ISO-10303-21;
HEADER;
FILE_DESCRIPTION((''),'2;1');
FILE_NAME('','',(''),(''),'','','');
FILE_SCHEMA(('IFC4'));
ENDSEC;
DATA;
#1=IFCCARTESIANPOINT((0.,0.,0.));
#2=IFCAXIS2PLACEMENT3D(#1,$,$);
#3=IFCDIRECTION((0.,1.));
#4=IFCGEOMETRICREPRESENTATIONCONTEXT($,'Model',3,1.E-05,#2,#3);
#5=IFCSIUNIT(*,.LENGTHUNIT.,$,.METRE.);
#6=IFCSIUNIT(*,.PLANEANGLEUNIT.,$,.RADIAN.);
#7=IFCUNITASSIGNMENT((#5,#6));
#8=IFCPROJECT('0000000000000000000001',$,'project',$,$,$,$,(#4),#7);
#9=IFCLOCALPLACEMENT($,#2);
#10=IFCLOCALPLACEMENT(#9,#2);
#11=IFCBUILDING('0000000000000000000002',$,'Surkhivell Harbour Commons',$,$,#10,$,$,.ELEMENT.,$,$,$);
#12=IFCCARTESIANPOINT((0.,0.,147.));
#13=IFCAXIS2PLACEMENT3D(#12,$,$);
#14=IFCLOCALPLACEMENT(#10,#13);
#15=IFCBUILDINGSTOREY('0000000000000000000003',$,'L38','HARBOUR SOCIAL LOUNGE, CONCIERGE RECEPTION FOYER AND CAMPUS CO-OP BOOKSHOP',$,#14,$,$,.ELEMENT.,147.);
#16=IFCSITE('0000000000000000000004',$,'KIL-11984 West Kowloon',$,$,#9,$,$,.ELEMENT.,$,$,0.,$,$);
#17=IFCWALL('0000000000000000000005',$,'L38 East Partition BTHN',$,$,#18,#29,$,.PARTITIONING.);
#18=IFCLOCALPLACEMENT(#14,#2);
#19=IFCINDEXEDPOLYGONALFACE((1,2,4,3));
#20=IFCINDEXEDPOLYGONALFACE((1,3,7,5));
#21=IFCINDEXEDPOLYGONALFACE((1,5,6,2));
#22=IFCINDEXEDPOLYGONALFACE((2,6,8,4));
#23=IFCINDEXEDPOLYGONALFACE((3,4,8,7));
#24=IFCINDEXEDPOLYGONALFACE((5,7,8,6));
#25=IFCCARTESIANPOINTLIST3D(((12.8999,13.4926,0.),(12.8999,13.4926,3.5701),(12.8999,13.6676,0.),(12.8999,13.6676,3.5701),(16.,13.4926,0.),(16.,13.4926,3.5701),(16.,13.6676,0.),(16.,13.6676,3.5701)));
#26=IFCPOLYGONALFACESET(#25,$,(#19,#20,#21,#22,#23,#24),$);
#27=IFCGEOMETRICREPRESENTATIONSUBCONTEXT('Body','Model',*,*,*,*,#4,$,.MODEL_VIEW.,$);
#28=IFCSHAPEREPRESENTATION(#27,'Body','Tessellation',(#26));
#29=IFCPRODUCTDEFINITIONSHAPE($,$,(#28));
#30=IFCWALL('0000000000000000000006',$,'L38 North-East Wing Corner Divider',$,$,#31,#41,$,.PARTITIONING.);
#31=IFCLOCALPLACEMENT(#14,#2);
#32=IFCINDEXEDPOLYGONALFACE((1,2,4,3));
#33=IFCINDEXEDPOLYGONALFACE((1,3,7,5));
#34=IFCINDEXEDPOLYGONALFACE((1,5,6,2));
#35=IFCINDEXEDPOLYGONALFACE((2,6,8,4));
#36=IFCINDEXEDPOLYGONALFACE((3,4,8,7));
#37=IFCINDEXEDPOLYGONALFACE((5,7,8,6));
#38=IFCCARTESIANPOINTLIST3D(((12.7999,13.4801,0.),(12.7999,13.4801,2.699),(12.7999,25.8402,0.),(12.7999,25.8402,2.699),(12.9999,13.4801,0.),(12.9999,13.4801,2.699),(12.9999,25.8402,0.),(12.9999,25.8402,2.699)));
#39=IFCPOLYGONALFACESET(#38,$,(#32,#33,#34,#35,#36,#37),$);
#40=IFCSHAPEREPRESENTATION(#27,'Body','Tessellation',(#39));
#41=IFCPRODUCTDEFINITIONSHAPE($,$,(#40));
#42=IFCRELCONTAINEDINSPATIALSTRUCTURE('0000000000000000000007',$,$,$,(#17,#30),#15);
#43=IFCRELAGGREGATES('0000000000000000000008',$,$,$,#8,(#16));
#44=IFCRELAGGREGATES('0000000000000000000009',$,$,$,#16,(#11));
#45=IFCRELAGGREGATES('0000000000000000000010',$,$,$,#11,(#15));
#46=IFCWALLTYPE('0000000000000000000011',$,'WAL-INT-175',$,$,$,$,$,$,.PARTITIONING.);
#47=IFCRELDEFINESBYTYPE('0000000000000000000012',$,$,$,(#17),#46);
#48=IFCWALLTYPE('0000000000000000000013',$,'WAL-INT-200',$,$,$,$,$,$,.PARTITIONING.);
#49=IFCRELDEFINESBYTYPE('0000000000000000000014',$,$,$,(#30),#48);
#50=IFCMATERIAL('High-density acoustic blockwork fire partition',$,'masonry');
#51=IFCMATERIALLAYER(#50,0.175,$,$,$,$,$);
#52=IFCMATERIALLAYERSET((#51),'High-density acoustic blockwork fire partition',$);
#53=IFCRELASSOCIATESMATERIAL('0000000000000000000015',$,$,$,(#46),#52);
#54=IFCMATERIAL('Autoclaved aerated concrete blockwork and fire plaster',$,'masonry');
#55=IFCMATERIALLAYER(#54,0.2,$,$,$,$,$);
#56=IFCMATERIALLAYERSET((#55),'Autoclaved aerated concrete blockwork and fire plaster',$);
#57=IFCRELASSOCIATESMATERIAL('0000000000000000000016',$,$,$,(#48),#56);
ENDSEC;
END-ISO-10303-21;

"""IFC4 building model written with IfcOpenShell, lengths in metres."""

from ifc_helpers import new_model, si_unit, direction, frame, frame_2d, origin, place, context, subcontext, project, spatial, rectangle, extrude, material, layer, layer_set, type_object, element, save


model = new_model("IFC4")

# Units and contexts
model_context = context("Model", 3, precision=1e-05, world=origin(), true_north=direction((0.0, 1.0)))
body_context = subcontext(model_context, "Body", "Model", "MODEL_VIEW")
ifc_project = project(units=[si_unit("LENGTHUNIT", "METRE"), si_unit("PLANEANGLEUNIT", "RADIAN")], contexts=[model_context])

# Site, building, storey
site_placement = place(None, origin())
site = spatial("IfcSite", under=ifc_project, at=site_placement, Name="KIL-11984 West Kowloon", CompositionType="ELEMENT", RefElevation=0.0)
building_placement = place(site_placement, origin())
building = spatial("IfcBuilding", under=site, at=building_placement, Name="Surkhivell Harbour Commons", CompositionType="ELEMENT")
storey_placement = place(building_placement, frame((0.0, 0.0, 147.0)))
storey = spatial("IfcBuildingStorey", under=building, at=storey_placement, Name="L38", Description="HARBOUR SOCIAL LOUNGE, CONCIERGE RECEPTION FOYER AND CAMPUS CO-OP BOOKSHOP", CompositionType="ELEMENT", Elevation=147.0)

# Walls
ifc_material_1 = material(Name="High-density acoustic blockwork fire partition", Category="masonry")
ifc_layer_1 = layer(ifc_material_1, 0.175)
ifc_layer_set_1 = layer_set([ifc_layer_1], Name="High-density acoustic blockwork fire partition")
wall_type_1 = type_object("IfcWallType", Name="WAL-INT-175", PredefinedType="PARTITIONING", material=ifc_layer_set_1)
wall_1_placement = place(storey_placement, frame((12.8999, 13.5801, 0.0), z_axis=(0.0, 0.0, 1.0), x_axis=(1.0, 0.0, 0.0)))
element("IfcWall", 1, at=wall_1_placement, inside=storey, type_object=wall_type_1, Name="L38 East Partition BTHN", PredefinedType="PARTITIONING", context=body_context, shape_type="SweptSolid", body=[
    extrude(rectangle(XDim=3.1001, YDim=0.175, at=frame_2d((1.55, 0.0))), origin(), (0.0, 0.0, 1.0), 3.5701),
])
ifc_material_2 = material(Name="Autoclaved aerated concrete blockwork and fire plaster", Category="masonry")
ifc_layer_2 = layer(ifc_material_2, 0.2)
ifc_layer_set_2 = layer_set([ifc_layer_2], Name="Autoclaved aerated concrete blockwork and fire plaster")
wall_type_2 = type_object("IfcWallType", Name="WAL-INT-200", PredefinedType="PARTITIONING", material=ifc_layer_set_2)
wall_2_placement = place(storey_placement, frame((12.8999, 13.48, 0.0), z_axis=(0.0, 0.0, 1.0), x_axis=(0.0, 1.0, 0.0)))
element("IfcWall", 2, at=wall_2_placement, inside=storey, type_object=wall_type_2, Name="L38 North-East Wing Corner Divider", PredefinedType="PARTITIONING", context=body_context, shape_type="SweptSolid", body=[
    extrude(rectangle(XDim=12.3601, YDim=0.2, at=frame_2d((6.1802, 0.0))), origin(), (0.0, 0.0, 1.0), 2.699),
])

save(model, "model.ifc")
